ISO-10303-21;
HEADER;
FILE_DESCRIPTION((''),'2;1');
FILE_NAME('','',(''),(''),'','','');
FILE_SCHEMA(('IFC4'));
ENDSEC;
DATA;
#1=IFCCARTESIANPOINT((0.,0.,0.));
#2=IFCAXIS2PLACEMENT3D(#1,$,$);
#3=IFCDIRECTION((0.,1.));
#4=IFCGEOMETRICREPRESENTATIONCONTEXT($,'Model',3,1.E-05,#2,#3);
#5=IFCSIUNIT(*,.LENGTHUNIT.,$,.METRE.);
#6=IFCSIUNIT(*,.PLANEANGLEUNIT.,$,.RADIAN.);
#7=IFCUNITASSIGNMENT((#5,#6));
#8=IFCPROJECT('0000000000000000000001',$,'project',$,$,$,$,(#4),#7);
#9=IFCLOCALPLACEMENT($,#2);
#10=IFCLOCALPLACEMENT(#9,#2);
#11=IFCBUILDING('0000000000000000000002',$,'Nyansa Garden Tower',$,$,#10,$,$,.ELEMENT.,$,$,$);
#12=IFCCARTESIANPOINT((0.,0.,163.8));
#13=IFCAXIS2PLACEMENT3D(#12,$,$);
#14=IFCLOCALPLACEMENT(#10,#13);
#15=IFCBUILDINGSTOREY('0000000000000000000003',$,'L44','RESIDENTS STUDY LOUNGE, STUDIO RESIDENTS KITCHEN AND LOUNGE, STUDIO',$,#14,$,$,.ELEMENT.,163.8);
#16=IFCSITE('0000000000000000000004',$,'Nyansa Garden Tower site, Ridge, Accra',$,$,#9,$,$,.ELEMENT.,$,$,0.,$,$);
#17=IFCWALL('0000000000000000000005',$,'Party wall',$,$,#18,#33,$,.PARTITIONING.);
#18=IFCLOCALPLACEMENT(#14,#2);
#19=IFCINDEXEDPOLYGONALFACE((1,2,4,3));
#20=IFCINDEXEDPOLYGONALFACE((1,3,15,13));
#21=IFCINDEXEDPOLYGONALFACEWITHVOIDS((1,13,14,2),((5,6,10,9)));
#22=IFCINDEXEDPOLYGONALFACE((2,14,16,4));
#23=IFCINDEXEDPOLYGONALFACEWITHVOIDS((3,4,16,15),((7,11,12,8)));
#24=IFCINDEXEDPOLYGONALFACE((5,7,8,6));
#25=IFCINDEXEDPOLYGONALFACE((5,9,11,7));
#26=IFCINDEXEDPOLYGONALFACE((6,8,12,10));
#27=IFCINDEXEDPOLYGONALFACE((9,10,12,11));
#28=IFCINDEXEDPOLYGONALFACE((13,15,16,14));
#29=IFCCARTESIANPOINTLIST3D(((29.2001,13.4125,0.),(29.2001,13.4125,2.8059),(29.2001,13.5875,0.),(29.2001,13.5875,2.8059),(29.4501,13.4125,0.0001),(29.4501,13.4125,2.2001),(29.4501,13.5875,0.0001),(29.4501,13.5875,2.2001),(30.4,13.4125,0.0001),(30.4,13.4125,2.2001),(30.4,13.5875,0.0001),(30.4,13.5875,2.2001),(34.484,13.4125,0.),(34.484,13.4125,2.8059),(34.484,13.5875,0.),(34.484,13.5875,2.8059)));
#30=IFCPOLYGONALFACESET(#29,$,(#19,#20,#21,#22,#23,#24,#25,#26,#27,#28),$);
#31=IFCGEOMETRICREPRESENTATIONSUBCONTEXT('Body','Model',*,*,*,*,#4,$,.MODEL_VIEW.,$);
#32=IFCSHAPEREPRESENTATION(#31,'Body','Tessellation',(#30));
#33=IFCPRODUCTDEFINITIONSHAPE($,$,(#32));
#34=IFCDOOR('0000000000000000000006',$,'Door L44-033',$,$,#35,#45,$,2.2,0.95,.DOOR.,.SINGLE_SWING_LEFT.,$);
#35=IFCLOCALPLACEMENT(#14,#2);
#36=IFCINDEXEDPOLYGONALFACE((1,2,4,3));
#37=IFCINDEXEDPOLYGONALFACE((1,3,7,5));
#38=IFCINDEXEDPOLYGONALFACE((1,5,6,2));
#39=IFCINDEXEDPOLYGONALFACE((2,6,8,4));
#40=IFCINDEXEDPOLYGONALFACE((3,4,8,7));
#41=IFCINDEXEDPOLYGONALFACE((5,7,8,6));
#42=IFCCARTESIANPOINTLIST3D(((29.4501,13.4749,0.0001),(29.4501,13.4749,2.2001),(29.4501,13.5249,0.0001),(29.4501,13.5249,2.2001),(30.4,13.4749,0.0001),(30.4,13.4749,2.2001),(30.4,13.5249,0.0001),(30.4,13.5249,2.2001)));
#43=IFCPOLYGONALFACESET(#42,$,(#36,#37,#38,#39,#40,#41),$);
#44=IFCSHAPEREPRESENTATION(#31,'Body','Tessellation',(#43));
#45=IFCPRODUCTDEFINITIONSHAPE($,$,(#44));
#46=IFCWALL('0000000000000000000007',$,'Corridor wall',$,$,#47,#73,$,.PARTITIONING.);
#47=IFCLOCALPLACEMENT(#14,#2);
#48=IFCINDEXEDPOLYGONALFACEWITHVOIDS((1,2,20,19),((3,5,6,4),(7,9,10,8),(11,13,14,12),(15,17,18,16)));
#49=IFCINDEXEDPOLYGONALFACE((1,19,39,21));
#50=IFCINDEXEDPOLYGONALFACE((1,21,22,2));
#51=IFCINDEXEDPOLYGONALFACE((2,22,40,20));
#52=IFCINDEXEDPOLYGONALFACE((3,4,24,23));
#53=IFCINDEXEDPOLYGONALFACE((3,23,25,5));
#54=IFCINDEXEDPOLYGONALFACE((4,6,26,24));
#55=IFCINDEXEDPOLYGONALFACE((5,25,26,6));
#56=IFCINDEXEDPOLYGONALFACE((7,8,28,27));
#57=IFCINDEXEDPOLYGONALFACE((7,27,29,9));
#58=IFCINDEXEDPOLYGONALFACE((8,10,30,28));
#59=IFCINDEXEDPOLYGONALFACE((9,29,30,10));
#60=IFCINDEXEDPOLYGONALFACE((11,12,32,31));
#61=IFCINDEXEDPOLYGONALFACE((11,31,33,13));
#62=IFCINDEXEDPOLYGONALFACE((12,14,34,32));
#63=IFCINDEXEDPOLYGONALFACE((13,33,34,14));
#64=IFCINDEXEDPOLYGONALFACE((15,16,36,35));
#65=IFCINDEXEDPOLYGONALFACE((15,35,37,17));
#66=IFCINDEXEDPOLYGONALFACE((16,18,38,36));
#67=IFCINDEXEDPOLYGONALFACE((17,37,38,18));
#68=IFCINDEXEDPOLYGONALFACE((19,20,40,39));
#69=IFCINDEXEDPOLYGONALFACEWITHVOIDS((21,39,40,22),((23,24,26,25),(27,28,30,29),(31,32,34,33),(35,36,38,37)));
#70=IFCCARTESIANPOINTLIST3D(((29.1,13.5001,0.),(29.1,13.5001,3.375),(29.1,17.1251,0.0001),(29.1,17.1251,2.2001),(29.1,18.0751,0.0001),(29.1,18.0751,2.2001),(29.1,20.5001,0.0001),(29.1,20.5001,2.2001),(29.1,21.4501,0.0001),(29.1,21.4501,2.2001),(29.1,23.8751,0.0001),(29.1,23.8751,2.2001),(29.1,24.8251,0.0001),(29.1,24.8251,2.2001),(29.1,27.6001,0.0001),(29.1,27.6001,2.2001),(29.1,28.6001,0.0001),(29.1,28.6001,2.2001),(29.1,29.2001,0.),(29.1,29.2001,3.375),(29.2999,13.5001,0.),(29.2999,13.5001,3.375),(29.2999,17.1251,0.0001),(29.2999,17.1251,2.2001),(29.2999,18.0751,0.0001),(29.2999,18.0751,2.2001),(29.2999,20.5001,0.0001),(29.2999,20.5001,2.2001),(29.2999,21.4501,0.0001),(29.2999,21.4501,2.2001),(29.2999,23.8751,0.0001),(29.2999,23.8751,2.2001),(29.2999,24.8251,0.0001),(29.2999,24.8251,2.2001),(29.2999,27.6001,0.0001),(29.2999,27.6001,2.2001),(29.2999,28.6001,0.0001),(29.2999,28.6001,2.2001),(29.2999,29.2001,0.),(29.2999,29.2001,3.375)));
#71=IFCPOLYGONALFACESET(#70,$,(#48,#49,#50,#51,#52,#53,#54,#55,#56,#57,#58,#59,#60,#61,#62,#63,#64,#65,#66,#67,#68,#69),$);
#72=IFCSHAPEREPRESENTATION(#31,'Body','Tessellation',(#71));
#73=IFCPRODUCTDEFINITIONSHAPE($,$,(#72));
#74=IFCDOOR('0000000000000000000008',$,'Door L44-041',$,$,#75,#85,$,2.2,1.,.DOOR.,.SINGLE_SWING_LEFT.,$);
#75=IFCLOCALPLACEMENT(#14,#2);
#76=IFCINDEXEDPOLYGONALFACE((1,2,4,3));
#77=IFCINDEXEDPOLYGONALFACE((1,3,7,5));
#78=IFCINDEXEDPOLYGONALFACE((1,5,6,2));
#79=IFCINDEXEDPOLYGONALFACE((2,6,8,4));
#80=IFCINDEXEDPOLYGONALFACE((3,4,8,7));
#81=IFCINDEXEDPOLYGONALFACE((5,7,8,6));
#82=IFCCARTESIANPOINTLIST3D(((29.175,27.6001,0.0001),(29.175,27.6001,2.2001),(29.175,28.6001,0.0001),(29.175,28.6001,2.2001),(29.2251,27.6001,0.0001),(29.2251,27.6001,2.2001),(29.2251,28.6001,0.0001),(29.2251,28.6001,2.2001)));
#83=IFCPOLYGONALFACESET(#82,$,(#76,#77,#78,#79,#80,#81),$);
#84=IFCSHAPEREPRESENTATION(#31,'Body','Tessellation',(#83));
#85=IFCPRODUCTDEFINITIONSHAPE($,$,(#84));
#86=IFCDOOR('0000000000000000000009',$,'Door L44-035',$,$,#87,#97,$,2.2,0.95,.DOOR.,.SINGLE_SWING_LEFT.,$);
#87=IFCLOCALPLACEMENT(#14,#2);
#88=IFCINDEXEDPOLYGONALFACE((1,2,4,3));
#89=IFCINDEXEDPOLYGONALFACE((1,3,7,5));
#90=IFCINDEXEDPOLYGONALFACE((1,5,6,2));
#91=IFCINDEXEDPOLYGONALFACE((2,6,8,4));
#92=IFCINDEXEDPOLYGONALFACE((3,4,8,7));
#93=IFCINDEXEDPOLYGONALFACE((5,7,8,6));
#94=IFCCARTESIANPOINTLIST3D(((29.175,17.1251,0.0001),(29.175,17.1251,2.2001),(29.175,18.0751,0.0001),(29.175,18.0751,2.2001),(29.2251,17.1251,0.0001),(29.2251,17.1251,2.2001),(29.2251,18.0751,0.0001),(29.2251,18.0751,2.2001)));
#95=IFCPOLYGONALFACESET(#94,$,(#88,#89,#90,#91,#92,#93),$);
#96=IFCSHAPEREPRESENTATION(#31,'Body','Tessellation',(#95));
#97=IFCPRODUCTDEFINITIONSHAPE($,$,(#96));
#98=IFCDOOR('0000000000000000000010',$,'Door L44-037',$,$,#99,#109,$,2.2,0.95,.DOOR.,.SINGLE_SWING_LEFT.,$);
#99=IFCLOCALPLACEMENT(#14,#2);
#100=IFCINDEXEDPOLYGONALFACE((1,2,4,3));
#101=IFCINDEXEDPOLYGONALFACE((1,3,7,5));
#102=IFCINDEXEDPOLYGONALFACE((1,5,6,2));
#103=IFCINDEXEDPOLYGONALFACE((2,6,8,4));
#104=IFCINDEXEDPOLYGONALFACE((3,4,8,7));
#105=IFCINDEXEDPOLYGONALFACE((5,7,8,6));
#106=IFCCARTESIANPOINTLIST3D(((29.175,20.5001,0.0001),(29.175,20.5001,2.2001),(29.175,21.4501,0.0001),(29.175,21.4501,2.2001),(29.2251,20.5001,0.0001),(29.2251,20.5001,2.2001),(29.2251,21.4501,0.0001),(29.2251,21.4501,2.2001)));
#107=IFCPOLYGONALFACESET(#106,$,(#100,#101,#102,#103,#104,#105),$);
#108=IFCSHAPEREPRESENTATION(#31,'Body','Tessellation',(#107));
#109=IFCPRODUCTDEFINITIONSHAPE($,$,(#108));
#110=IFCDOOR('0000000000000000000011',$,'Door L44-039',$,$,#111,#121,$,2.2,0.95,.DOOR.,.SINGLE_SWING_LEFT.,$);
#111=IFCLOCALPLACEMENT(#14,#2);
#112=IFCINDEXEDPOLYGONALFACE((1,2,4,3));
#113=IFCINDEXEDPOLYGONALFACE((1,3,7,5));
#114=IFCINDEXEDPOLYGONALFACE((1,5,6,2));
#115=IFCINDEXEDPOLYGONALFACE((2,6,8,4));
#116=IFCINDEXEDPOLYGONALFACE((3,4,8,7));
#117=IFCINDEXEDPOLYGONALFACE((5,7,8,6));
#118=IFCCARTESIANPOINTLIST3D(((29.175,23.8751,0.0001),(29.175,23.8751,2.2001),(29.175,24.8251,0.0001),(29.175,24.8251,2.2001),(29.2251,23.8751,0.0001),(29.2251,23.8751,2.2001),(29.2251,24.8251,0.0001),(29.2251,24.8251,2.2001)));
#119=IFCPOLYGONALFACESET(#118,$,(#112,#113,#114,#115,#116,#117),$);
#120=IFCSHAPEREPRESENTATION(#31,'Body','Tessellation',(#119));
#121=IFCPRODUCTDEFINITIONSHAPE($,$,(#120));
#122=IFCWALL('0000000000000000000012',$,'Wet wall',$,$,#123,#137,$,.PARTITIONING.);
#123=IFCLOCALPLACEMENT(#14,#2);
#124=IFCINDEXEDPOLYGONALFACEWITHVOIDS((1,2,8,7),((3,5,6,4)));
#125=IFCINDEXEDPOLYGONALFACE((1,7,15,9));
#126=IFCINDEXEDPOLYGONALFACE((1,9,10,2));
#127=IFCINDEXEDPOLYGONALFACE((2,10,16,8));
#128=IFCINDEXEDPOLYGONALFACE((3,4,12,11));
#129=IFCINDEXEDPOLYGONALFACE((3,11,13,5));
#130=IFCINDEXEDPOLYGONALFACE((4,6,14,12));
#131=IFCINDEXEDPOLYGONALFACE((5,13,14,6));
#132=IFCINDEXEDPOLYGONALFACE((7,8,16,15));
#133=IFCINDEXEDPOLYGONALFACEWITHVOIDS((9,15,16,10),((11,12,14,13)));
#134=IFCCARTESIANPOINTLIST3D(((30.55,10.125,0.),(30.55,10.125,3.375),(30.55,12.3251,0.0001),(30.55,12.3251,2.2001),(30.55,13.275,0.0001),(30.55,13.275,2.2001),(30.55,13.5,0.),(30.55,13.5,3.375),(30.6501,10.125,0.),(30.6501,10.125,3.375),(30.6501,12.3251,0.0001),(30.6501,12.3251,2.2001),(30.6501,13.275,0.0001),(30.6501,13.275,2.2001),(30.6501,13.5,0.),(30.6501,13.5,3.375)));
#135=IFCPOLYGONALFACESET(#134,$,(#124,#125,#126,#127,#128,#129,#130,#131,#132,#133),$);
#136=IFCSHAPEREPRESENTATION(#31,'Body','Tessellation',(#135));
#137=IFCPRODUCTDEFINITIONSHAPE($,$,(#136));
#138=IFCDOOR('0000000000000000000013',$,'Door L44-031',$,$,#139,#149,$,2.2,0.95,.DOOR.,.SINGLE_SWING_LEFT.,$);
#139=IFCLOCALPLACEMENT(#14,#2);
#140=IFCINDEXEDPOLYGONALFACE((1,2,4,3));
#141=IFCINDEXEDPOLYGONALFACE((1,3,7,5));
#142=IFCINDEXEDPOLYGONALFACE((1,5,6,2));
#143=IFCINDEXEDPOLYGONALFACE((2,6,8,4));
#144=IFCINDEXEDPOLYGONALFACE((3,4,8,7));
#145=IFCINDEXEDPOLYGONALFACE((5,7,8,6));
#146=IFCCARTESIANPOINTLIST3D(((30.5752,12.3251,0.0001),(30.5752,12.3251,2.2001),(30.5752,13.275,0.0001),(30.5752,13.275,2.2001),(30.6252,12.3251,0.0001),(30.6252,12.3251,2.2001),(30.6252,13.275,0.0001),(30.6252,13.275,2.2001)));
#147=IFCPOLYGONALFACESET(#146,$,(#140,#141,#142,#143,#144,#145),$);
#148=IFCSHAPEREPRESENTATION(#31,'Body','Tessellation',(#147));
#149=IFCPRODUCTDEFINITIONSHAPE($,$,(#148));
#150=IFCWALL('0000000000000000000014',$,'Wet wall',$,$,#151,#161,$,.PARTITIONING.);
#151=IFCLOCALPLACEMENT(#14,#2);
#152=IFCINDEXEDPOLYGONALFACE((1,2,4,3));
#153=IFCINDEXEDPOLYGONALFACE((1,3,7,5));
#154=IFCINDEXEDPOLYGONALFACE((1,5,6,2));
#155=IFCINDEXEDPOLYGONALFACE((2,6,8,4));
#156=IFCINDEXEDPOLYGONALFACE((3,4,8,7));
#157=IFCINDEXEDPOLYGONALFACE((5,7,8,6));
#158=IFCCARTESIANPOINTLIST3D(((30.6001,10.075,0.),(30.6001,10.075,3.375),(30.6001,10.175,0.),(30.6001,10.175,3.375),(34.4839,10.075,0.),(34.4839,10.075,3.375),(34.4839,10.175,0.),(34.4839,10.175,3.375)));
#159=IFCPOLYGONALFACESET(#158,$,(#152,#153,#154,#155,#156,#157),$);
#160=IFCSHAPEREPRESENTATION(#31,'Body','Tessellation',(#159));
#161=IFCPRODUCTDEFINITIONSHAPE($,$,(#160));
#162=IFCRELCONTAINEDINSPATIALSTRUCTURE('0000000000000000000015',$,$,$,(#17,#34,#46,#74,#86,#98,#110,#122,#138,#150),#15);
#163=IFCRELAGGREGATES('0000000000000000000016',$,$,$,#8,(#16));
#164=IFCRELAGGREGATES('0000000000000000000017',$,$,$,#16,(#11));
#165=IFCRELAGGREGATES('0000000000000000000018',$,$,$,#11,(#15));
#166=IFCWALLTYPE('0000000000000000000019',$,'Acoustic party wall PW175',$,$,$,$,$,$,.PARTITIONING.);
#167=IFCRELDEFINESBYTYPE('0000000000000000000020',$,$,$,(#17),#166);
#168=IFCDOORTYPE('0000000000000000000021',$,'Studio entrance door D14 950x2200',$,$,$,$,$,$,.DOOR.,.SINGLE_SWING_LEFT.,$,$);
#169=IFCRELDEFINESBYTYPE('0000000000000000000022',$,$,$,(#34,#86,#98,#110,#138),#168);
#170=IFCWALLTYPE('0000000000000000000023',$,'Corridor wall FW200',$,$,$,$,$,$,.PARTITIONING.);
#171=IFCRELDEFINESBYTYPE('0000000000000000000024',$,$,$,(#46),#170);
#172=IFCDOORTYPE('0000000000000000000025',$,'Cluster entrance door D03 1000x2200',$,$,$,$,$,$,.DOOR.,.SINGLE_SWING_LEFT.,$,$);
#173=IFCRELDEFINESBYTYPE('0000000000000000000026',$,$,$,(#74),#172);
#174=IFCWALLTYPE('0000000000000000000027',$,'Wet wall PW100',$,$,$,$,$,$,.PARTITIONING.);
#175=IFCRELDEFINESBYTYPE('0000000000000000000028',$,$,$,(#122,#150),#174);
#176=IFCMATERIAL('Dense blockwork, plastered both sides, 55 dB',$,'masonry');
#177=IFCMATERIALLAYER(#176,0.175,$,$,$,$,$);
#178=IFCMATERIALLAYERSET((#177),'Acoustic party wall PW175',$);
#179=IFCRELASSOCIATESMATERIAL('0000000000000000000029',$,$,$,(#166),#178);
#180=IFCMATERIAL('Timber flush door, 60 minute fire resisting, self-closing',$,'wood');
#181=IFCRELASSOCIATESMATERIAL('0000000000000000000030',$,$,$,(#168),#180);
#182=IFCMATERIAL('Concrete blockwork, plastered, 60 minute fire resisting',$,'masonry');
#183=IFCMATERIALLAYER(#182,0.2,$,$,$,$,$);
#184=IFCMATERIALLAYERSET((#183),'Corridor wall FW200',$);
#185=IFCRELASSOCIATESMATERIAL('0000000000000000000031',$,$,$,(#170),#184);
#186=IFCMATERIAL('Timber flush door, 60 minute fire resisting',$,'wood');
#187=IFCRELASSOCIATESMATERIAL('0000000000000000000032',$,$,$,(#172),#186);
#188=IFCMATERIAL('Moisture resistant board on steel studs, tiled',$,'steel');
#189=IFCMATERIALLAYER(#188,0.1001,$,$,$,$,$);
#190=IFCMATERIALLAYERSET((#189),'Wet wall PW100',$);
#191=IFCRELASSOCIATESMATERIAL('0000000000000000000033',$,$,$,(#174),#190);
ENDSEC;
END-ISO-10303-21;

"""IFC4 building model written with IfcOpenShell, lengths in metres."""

from ifc_helpers import new_model, si_unit, direction, frame, frame_2d, origin, place, context, subcontext, project, spatial, rectangle, extrude, material, layer, layer_set, type_object, element, fill, save


model = new_model("IFC4")

# Units and contexts
model_context = context("Model", 3, precision=1e-05, world=origin(), true_north=direction((0.0, 1.0)))
body_context = subcontext(model_context, "Body", "Model", "MODEL_VIEW")
ifc_project = project(units=[si_unit("LENGTHUNIT", "METRE"), si_unit("PLANEANGLEUNIT", "RADIAN")], contexts=[model_context])

# Site, building, storey
site_placement = place(None, origin())
site = spatial("IfcSite", under=ifc_project, at=site_placement, Name="Nyansa Garden Tower site, Ridge, Accra", CompositionType="ELEMENT", RefElevation=0.0)
building_placement = place(site_placement, origin())
building = spatial("IfcBuilding", under=site, at=building_placement, Name="Nyansa Garden Tower", CompositionType="ELEMENT")
storey_placement = place(building_placement, frame((0.0, 0.0, 163.8)))
storey = spatial("IfcBuildingStorey", under=building, at=storey_placement, Name="L44", Description="RESIDENTS STUDY LOUNGE, STUDIO RESIDENTS KITCHEN AND LOUNGE, STUDIO", CompositionType="ELEMENT", Elevation=163.8)

# Wall, opening, door
ifc_material_1 = material(Name="Dense blockwork, plastered both sides, 55 dB", Category="masonry")
ifc_layer_1 = layer(ifc_material_1, 0.175)
ifc_layer_set_1 = layer_set([ifc_layer_1], Name="Acoustic party wall PW175")
wall_type_1 = type_object("IfcWallType", Name="Acoustic party wall PW175", PredefinedType="PARTITIONING", material=ifc_layer_set_1)
wall_1_placement = place(storey_placement, frame((29.2, 13.5, 0.0), z_axis=(0.0, 0.0, 1.0), x_axis=(1.0, 0.0, 0.0)))
wall_1 = element("IfcWall", 1, at=wall_1_placement, inside=storey, type_object=wall_type_1, Name="Party wall", PredefinedType="PARTITIONING", context=body_context, shape_type="SweptSolid", body=[
    extrude(rectangle(XDim=5.2839, YDim=0.175, at=frame_2d((2.6421, 0.0))), origin(), (0.0, 0.0, 1.0), 2.8059),
])
opening_1_placement = place(wall_1_placement, frame((0.25, 0.0, 0.0)))
opening_1 = element("IfcOpeningElement", 2, at=opening_1_placement, cuts=wall_1, PredefinedType="OPENING", context=body_context, shape_type="SweptSolid", body=[
    extrude(rectangle(XDim=0.95, YDim=2.2, at=frame_2d((0.4751, 1.1001))), frame((0.0, 0.0974, 0.0), z_axis=(0.0, -1.0, 0.0), x_axis=(1.0, 0.0, 0.0)), (0.0, 0.0, 1.0), 0.1951),
])
ifc_material_2 = material(Name="Timber flush door, 60 minute fire resisting, self-closing", Category="wood")
door_type_1 = type_object("IfcDoorType", Name="Studio entrance door D14 950x2200", OperationType="SINGLE_SWING_LEFT", PredefinedType="DOOR", material=ifc_material_2)
door_1_placement = place(opening_1_placement, origin())
door_1 = element("IfcDoor", 3, at=door_1_placement, inside=storey, type_object=door_type_1, Name="Door L44-033", OperationType="SINGLE_SWING_LEFT", OverallHeight=2.2, OverallWidth=0.95, PredefinedType="DOOR", context=body_context, shape_type="SweptSolid", body=[
    extrude(rectangle(XDim=0.95, YDim=2.2, at=frame_2d((0.4751, 1.1001))), frame((0.0, 0.0249, 0.0), z_axis=(0.0, -1.0, 0.0), x_axis=(1.0, 0.0, 0.0)), (0.0, 0.0, 1.0), 0.05),
])
fill(opening_1, door_1)

# Wall, openings, doors
ifc_material_3 = material(Name="Concrete blockwork, plastered, 60 minute fire resisting", Category="masonry")
ifc_layer_2 = layer(ifc_material_3, 0.2)
ifc_layer_set_2 = layer_set([ifc_layer_2], Name="Corridor wall FW200")
wall_type_2 = type_object("IfcWallType", Name="Corridor wall FW200", PredefinedType="PARTITIONING", material=ifc_layer_set_2)
wall_2_placement = place(storey_placement, frame((29.2, 13.5, 0.0), z_axis=(0.0, 0.0, 1.0), x_axis=(0.0, 1.0, 0.0)))
wall_2 = element("IfcWall", 4, at=wall_2_placement, inside=storey, type_object=wall_type_2, Name="Corridor wall", PredefinedType="PARTITIONING", context=body_context, shape_type="SweptSolid", body=[
    extrude(rectangle(XDim=15.7, YDim=0.2, at=frame_2d((7.8501, 0.0))), origin(), (0.0, 0.0, 1.0), 3.375),
])
opening_2_placement = place(wall_2_placement, frame((3.625, 0.0, 0.0)))
opening_2 = element("IfcOpeningElement", 5, at=opening_2_placement, cuts=wall_2, PredefinedType="OPENING", context=body_context, shape_type="SweptSolid", body=[
    extrude(rectangle(XDim=0.95, YDim=2.2, at=frame_2d((0.4751, 1.1001))), frame((0.0, 0.1099, 0.0), z_axis=(0.0, -1.0, 0.0), x_axis=(1.0, 0.0, 0.0)), (0.0, 0.0, 1.0), 0.22),
])
opening_3_placement = place(wall_2_placement, frame((7.0, 0.0, 0.0)))
opening_3 = element("IfcOpeningElement", 6, at=opening_3_placement, cuts=wall_2, PredefinedType="OPENING", context=body_context, shape_type="SweptSolid", body=[
    extrude(rectangle(XDim=0.95, YDim=2.2, at=frame_2d((0.4751, 1.1001))), frame((0.0, 0.1099, 0.0), z_axis=(0.0, -1.0, 0.0), x_axis=(1.0, 0.0, 0.0)), (0.0, 0.0, 1.0), 0.22),
])
opening_4_placement = place(wall_2_placement, frame((10.375, 0.0, 0.0)))
opening_4 = element("IfcOpeningElement", 7, at=opening_4_placement, cuts=wall_2, PredefinedType="OPENING", context=body_context, shape_type="SweptSolid", body=[
    extrude(rectangle(XDim=0.95, YDim=2.2, at=frame_2d((0.4751, 1.1001))), frame((0.0, 0.1099, 0.0), z_axis=(0.0, -1.0, 0.0), x_axis=(1.0, 0.0, 0.0)), (0.0, 0.0, 1.0), 0.22),
])
opening_5_placement = place(wall_2_placement, frame((14.1001, 0.0, 0.0)))
opening_5 = element("IfcOpeningElement", 8, at=opening_5_placement, cuts=wall_2, PredefinedType="OPENING", context=body_context, shape_type="SweptSolid", body=[
    extrude(rectangle(XDim=1.0, YDim=2.2, at=frame_2d((0.5, 1.1001))), frame((0.0, 0.1099, 0.0), z_axis=(0.0, -1.0, 0.0), x_axis=(1.0, 0.0, 0.0)), (0.0, 0.0, 1.0), 0.22),
])
ifc_material_4 = material(Name="Timber flush door, 60 minute fire resisting", Category="wood")
door_type_2 = type_object("IfcDoorType", Name="Cluster entrance door D03 1000x2200", OperationType="SINGLE_SWING_LEFT", PredefinedType="DOOR", material=ifc_material_4)
door_2_placement = place(opening_5_placement, origin())
door_2 = element("IfcDoor", 9, at=door_2_placement, inside=storey, type_object=door_type_2, Name="Door L44-041", OperationType="SINGLE_SWING_LEFT", OverallHeight=2.2, OverallWidth=1.0, PredefinedType="DOOR", context=body_context, shape_type="SweptSolid", body=[
    extrude(rectangle(XDim=1.0, YDim=2.2, at=frame_2d((0.5, 1.1001))), frame((0.0, 0.0249, 0.0), z_axis=(0.0, -1.0, 0.0), x_axis=(1.0, 0.0, 0.0)), (0.0, 0.0, 1.0), 0.05),
])
fill(opening_5, door_2)
door_3_placement = place(opening_2_placement, origin())
door_3 = element("IfcDoor", 10, at=door_3_placement, inside=storey, type_object=door_type_1, Name="Door L44-035", OperationType="SINGLE_SWING_LEFT", OverallHeight=2.2, OverallWidth=0.95, PredefinedType="DOOR", context=body_context, shape_type="SweptSolid", body=[
    extrude(rectangle(XDim=0.95, YDim=2.2, at=frame_2d((0.4751, 1.1001))), frame((0.0, 0.0249, 0.0), z_axis=(0.0, -1.0, 0.0), x_axis=(1.0, 0.0, 0.0)), (0.0, 0.0, 1.0), 0.05),
])
fill(opening_2, door_3)
door_4_placement = place(opening_3_placement, origin())
door_4 = element("IfcDoor", 11, at=door_4_placement, inside=storey, type_object=door_type_1, Name="Door L44-037", OperationType="SINGLE_SWING_LEFT", OverallHeight=2.2, OverallWidth=0.95, PredefinedType="DOOR", context=body_context, shape_type="SweptSolid", body=[
    extrude(rectangle(XDim=0.95, YDim=2.2, at=frame_2d((0.4751, 1.1001))), frame((0.0, 0.0249, 0.0), z_axis=(0.0, -1.0, 0.0), x_axis=(1.0, 0.0, 0.0)), (0.0, 0.0, 1.0), 0.05),
])
fill(opening_3, door_4)
door_5_placement = place(opening_4_placement, origin())
door_5 = element("IfcDoor", 12, at=door_5_placement, inside=storey, type_object=door_type_1, Name="Door L44-039", OperationType="SINGLE_SWING_LEFT", OverallHeight=2.2, OverallWidth=0.95, PredefinedType="DOOR", context=body_context, shape_type="SweptSolid", body=[
    extrude(rectangle(XDim=0.95, YDim=2.2, at=frame_2d((0.4751, 1.1001))), frame((0.0, 0.0249, 0.0), z_axis=(0.0, -1.0, 0.0), x_axis=(1.0, 0.0, 0.0)), (0.0, 0.0, 1.0), 0.05),
])
fill(opening_4, door_5)

# Wall, opening, door
ifc_material_5 = material(Name="Moisture resistant board on steel studs, tiled", Category="steel")
ifc_layer_3 = layer(ifc_material_5, 0.1001)
ifc_layer_set_3 = layer_set([ifc_layer_3], Name="Wet wall PW100")
wall_type_3 = type_object("IfcWallType", Name="Wet wall PW100", PredefinedType="PARTITIONING", material=ifc_layer_set_3)
wall_3_placement = place(storey_placement, frame((30.6001, 10.125, 0.0), z_axis=(0.0, 0.0, 1.0), x_axis=(0.0, 1.0, 0.0)))
wall_3 = element("IfcWall", 13, at=wall_3_placement, inside=storey, type_object=wall_type_3, Name="Wet wall", PredefinedType="PARTITIONING", context=body_context, shape_type="SweptSolid", body=[
    extrude(rectangle(XDim=3.375, YDim=0.1001, at=frame_2d((1.6875, 0.0))), origin(), (0.0, 0.0, 1.0), 3.375),
])
opening_6_placement = place(wall_3_placement, frame((2.2, 0.0, 0.0)))
opening_6 = element("IfcOpeningElement", 14, at=opening_6_placement, cuts=wall_3, PredefinedType="OPENING", context=body_context, shape_type="SweptSolid", body=[
    extrude(rectangle(XDim=0.95, YDim=2.2, at=frame_2d((0.4751, 1.1001))), frame((0.0, 0.0601, 0.0), z_axis=(0.0, -1.0, 0.0), x_axis=(1.0, 0.0, 0.0)), (0.0, 0.0, 1.0), 0.1201),
])
door_6_placement = place(opening_6_placement, origin())
door_6 = element("IfcDoor", 15, at=door_6_placement, inside=storey, type_object=door_type_1, Name="Door L44-031", OperationType="SINGLE_SWING_LEFT", OverallHeight=2.2, OverallWidth=0.95, PredefinedType="DOOR", context=body_context, shape_type="SweptSolid", body=[
    extrude(rectangle(XDim=0.95, YDim=2.2, at=frame_2d((0.4751, 1.1001))), frame((0.0, 0.0249, 0.0), z_axis=(0.0, -1.0, 0.0), x_axis=(1.0, 0.0, 0.0)), (0.0, 0.0, 1.0), 0.05),
])
fill(opening_6, door_6)

# Wall
wall_4_placement = place(storey_placement, frame((30.6001, 10.125, 0.0), z_axis=(0.0, 0.0, 1.0), x_axis=(1.0, 0.0, 0.0)))
element("IfcWall", 16, at=wall_4_placement, inside=storey, type_object=wall_type_3, Name="Wet wall", PredefinedType="PARTITIONING", context=body_context, shape_type="SweptSolid", body=[
    extrude(rectangle(XDim=3.8838, YDim=0.1001, at=frame_2d((1.9419, 0.0))), origin(), (0.0, 0.0, 1.0), 3.375),
])

save(model, "model.ifc")
